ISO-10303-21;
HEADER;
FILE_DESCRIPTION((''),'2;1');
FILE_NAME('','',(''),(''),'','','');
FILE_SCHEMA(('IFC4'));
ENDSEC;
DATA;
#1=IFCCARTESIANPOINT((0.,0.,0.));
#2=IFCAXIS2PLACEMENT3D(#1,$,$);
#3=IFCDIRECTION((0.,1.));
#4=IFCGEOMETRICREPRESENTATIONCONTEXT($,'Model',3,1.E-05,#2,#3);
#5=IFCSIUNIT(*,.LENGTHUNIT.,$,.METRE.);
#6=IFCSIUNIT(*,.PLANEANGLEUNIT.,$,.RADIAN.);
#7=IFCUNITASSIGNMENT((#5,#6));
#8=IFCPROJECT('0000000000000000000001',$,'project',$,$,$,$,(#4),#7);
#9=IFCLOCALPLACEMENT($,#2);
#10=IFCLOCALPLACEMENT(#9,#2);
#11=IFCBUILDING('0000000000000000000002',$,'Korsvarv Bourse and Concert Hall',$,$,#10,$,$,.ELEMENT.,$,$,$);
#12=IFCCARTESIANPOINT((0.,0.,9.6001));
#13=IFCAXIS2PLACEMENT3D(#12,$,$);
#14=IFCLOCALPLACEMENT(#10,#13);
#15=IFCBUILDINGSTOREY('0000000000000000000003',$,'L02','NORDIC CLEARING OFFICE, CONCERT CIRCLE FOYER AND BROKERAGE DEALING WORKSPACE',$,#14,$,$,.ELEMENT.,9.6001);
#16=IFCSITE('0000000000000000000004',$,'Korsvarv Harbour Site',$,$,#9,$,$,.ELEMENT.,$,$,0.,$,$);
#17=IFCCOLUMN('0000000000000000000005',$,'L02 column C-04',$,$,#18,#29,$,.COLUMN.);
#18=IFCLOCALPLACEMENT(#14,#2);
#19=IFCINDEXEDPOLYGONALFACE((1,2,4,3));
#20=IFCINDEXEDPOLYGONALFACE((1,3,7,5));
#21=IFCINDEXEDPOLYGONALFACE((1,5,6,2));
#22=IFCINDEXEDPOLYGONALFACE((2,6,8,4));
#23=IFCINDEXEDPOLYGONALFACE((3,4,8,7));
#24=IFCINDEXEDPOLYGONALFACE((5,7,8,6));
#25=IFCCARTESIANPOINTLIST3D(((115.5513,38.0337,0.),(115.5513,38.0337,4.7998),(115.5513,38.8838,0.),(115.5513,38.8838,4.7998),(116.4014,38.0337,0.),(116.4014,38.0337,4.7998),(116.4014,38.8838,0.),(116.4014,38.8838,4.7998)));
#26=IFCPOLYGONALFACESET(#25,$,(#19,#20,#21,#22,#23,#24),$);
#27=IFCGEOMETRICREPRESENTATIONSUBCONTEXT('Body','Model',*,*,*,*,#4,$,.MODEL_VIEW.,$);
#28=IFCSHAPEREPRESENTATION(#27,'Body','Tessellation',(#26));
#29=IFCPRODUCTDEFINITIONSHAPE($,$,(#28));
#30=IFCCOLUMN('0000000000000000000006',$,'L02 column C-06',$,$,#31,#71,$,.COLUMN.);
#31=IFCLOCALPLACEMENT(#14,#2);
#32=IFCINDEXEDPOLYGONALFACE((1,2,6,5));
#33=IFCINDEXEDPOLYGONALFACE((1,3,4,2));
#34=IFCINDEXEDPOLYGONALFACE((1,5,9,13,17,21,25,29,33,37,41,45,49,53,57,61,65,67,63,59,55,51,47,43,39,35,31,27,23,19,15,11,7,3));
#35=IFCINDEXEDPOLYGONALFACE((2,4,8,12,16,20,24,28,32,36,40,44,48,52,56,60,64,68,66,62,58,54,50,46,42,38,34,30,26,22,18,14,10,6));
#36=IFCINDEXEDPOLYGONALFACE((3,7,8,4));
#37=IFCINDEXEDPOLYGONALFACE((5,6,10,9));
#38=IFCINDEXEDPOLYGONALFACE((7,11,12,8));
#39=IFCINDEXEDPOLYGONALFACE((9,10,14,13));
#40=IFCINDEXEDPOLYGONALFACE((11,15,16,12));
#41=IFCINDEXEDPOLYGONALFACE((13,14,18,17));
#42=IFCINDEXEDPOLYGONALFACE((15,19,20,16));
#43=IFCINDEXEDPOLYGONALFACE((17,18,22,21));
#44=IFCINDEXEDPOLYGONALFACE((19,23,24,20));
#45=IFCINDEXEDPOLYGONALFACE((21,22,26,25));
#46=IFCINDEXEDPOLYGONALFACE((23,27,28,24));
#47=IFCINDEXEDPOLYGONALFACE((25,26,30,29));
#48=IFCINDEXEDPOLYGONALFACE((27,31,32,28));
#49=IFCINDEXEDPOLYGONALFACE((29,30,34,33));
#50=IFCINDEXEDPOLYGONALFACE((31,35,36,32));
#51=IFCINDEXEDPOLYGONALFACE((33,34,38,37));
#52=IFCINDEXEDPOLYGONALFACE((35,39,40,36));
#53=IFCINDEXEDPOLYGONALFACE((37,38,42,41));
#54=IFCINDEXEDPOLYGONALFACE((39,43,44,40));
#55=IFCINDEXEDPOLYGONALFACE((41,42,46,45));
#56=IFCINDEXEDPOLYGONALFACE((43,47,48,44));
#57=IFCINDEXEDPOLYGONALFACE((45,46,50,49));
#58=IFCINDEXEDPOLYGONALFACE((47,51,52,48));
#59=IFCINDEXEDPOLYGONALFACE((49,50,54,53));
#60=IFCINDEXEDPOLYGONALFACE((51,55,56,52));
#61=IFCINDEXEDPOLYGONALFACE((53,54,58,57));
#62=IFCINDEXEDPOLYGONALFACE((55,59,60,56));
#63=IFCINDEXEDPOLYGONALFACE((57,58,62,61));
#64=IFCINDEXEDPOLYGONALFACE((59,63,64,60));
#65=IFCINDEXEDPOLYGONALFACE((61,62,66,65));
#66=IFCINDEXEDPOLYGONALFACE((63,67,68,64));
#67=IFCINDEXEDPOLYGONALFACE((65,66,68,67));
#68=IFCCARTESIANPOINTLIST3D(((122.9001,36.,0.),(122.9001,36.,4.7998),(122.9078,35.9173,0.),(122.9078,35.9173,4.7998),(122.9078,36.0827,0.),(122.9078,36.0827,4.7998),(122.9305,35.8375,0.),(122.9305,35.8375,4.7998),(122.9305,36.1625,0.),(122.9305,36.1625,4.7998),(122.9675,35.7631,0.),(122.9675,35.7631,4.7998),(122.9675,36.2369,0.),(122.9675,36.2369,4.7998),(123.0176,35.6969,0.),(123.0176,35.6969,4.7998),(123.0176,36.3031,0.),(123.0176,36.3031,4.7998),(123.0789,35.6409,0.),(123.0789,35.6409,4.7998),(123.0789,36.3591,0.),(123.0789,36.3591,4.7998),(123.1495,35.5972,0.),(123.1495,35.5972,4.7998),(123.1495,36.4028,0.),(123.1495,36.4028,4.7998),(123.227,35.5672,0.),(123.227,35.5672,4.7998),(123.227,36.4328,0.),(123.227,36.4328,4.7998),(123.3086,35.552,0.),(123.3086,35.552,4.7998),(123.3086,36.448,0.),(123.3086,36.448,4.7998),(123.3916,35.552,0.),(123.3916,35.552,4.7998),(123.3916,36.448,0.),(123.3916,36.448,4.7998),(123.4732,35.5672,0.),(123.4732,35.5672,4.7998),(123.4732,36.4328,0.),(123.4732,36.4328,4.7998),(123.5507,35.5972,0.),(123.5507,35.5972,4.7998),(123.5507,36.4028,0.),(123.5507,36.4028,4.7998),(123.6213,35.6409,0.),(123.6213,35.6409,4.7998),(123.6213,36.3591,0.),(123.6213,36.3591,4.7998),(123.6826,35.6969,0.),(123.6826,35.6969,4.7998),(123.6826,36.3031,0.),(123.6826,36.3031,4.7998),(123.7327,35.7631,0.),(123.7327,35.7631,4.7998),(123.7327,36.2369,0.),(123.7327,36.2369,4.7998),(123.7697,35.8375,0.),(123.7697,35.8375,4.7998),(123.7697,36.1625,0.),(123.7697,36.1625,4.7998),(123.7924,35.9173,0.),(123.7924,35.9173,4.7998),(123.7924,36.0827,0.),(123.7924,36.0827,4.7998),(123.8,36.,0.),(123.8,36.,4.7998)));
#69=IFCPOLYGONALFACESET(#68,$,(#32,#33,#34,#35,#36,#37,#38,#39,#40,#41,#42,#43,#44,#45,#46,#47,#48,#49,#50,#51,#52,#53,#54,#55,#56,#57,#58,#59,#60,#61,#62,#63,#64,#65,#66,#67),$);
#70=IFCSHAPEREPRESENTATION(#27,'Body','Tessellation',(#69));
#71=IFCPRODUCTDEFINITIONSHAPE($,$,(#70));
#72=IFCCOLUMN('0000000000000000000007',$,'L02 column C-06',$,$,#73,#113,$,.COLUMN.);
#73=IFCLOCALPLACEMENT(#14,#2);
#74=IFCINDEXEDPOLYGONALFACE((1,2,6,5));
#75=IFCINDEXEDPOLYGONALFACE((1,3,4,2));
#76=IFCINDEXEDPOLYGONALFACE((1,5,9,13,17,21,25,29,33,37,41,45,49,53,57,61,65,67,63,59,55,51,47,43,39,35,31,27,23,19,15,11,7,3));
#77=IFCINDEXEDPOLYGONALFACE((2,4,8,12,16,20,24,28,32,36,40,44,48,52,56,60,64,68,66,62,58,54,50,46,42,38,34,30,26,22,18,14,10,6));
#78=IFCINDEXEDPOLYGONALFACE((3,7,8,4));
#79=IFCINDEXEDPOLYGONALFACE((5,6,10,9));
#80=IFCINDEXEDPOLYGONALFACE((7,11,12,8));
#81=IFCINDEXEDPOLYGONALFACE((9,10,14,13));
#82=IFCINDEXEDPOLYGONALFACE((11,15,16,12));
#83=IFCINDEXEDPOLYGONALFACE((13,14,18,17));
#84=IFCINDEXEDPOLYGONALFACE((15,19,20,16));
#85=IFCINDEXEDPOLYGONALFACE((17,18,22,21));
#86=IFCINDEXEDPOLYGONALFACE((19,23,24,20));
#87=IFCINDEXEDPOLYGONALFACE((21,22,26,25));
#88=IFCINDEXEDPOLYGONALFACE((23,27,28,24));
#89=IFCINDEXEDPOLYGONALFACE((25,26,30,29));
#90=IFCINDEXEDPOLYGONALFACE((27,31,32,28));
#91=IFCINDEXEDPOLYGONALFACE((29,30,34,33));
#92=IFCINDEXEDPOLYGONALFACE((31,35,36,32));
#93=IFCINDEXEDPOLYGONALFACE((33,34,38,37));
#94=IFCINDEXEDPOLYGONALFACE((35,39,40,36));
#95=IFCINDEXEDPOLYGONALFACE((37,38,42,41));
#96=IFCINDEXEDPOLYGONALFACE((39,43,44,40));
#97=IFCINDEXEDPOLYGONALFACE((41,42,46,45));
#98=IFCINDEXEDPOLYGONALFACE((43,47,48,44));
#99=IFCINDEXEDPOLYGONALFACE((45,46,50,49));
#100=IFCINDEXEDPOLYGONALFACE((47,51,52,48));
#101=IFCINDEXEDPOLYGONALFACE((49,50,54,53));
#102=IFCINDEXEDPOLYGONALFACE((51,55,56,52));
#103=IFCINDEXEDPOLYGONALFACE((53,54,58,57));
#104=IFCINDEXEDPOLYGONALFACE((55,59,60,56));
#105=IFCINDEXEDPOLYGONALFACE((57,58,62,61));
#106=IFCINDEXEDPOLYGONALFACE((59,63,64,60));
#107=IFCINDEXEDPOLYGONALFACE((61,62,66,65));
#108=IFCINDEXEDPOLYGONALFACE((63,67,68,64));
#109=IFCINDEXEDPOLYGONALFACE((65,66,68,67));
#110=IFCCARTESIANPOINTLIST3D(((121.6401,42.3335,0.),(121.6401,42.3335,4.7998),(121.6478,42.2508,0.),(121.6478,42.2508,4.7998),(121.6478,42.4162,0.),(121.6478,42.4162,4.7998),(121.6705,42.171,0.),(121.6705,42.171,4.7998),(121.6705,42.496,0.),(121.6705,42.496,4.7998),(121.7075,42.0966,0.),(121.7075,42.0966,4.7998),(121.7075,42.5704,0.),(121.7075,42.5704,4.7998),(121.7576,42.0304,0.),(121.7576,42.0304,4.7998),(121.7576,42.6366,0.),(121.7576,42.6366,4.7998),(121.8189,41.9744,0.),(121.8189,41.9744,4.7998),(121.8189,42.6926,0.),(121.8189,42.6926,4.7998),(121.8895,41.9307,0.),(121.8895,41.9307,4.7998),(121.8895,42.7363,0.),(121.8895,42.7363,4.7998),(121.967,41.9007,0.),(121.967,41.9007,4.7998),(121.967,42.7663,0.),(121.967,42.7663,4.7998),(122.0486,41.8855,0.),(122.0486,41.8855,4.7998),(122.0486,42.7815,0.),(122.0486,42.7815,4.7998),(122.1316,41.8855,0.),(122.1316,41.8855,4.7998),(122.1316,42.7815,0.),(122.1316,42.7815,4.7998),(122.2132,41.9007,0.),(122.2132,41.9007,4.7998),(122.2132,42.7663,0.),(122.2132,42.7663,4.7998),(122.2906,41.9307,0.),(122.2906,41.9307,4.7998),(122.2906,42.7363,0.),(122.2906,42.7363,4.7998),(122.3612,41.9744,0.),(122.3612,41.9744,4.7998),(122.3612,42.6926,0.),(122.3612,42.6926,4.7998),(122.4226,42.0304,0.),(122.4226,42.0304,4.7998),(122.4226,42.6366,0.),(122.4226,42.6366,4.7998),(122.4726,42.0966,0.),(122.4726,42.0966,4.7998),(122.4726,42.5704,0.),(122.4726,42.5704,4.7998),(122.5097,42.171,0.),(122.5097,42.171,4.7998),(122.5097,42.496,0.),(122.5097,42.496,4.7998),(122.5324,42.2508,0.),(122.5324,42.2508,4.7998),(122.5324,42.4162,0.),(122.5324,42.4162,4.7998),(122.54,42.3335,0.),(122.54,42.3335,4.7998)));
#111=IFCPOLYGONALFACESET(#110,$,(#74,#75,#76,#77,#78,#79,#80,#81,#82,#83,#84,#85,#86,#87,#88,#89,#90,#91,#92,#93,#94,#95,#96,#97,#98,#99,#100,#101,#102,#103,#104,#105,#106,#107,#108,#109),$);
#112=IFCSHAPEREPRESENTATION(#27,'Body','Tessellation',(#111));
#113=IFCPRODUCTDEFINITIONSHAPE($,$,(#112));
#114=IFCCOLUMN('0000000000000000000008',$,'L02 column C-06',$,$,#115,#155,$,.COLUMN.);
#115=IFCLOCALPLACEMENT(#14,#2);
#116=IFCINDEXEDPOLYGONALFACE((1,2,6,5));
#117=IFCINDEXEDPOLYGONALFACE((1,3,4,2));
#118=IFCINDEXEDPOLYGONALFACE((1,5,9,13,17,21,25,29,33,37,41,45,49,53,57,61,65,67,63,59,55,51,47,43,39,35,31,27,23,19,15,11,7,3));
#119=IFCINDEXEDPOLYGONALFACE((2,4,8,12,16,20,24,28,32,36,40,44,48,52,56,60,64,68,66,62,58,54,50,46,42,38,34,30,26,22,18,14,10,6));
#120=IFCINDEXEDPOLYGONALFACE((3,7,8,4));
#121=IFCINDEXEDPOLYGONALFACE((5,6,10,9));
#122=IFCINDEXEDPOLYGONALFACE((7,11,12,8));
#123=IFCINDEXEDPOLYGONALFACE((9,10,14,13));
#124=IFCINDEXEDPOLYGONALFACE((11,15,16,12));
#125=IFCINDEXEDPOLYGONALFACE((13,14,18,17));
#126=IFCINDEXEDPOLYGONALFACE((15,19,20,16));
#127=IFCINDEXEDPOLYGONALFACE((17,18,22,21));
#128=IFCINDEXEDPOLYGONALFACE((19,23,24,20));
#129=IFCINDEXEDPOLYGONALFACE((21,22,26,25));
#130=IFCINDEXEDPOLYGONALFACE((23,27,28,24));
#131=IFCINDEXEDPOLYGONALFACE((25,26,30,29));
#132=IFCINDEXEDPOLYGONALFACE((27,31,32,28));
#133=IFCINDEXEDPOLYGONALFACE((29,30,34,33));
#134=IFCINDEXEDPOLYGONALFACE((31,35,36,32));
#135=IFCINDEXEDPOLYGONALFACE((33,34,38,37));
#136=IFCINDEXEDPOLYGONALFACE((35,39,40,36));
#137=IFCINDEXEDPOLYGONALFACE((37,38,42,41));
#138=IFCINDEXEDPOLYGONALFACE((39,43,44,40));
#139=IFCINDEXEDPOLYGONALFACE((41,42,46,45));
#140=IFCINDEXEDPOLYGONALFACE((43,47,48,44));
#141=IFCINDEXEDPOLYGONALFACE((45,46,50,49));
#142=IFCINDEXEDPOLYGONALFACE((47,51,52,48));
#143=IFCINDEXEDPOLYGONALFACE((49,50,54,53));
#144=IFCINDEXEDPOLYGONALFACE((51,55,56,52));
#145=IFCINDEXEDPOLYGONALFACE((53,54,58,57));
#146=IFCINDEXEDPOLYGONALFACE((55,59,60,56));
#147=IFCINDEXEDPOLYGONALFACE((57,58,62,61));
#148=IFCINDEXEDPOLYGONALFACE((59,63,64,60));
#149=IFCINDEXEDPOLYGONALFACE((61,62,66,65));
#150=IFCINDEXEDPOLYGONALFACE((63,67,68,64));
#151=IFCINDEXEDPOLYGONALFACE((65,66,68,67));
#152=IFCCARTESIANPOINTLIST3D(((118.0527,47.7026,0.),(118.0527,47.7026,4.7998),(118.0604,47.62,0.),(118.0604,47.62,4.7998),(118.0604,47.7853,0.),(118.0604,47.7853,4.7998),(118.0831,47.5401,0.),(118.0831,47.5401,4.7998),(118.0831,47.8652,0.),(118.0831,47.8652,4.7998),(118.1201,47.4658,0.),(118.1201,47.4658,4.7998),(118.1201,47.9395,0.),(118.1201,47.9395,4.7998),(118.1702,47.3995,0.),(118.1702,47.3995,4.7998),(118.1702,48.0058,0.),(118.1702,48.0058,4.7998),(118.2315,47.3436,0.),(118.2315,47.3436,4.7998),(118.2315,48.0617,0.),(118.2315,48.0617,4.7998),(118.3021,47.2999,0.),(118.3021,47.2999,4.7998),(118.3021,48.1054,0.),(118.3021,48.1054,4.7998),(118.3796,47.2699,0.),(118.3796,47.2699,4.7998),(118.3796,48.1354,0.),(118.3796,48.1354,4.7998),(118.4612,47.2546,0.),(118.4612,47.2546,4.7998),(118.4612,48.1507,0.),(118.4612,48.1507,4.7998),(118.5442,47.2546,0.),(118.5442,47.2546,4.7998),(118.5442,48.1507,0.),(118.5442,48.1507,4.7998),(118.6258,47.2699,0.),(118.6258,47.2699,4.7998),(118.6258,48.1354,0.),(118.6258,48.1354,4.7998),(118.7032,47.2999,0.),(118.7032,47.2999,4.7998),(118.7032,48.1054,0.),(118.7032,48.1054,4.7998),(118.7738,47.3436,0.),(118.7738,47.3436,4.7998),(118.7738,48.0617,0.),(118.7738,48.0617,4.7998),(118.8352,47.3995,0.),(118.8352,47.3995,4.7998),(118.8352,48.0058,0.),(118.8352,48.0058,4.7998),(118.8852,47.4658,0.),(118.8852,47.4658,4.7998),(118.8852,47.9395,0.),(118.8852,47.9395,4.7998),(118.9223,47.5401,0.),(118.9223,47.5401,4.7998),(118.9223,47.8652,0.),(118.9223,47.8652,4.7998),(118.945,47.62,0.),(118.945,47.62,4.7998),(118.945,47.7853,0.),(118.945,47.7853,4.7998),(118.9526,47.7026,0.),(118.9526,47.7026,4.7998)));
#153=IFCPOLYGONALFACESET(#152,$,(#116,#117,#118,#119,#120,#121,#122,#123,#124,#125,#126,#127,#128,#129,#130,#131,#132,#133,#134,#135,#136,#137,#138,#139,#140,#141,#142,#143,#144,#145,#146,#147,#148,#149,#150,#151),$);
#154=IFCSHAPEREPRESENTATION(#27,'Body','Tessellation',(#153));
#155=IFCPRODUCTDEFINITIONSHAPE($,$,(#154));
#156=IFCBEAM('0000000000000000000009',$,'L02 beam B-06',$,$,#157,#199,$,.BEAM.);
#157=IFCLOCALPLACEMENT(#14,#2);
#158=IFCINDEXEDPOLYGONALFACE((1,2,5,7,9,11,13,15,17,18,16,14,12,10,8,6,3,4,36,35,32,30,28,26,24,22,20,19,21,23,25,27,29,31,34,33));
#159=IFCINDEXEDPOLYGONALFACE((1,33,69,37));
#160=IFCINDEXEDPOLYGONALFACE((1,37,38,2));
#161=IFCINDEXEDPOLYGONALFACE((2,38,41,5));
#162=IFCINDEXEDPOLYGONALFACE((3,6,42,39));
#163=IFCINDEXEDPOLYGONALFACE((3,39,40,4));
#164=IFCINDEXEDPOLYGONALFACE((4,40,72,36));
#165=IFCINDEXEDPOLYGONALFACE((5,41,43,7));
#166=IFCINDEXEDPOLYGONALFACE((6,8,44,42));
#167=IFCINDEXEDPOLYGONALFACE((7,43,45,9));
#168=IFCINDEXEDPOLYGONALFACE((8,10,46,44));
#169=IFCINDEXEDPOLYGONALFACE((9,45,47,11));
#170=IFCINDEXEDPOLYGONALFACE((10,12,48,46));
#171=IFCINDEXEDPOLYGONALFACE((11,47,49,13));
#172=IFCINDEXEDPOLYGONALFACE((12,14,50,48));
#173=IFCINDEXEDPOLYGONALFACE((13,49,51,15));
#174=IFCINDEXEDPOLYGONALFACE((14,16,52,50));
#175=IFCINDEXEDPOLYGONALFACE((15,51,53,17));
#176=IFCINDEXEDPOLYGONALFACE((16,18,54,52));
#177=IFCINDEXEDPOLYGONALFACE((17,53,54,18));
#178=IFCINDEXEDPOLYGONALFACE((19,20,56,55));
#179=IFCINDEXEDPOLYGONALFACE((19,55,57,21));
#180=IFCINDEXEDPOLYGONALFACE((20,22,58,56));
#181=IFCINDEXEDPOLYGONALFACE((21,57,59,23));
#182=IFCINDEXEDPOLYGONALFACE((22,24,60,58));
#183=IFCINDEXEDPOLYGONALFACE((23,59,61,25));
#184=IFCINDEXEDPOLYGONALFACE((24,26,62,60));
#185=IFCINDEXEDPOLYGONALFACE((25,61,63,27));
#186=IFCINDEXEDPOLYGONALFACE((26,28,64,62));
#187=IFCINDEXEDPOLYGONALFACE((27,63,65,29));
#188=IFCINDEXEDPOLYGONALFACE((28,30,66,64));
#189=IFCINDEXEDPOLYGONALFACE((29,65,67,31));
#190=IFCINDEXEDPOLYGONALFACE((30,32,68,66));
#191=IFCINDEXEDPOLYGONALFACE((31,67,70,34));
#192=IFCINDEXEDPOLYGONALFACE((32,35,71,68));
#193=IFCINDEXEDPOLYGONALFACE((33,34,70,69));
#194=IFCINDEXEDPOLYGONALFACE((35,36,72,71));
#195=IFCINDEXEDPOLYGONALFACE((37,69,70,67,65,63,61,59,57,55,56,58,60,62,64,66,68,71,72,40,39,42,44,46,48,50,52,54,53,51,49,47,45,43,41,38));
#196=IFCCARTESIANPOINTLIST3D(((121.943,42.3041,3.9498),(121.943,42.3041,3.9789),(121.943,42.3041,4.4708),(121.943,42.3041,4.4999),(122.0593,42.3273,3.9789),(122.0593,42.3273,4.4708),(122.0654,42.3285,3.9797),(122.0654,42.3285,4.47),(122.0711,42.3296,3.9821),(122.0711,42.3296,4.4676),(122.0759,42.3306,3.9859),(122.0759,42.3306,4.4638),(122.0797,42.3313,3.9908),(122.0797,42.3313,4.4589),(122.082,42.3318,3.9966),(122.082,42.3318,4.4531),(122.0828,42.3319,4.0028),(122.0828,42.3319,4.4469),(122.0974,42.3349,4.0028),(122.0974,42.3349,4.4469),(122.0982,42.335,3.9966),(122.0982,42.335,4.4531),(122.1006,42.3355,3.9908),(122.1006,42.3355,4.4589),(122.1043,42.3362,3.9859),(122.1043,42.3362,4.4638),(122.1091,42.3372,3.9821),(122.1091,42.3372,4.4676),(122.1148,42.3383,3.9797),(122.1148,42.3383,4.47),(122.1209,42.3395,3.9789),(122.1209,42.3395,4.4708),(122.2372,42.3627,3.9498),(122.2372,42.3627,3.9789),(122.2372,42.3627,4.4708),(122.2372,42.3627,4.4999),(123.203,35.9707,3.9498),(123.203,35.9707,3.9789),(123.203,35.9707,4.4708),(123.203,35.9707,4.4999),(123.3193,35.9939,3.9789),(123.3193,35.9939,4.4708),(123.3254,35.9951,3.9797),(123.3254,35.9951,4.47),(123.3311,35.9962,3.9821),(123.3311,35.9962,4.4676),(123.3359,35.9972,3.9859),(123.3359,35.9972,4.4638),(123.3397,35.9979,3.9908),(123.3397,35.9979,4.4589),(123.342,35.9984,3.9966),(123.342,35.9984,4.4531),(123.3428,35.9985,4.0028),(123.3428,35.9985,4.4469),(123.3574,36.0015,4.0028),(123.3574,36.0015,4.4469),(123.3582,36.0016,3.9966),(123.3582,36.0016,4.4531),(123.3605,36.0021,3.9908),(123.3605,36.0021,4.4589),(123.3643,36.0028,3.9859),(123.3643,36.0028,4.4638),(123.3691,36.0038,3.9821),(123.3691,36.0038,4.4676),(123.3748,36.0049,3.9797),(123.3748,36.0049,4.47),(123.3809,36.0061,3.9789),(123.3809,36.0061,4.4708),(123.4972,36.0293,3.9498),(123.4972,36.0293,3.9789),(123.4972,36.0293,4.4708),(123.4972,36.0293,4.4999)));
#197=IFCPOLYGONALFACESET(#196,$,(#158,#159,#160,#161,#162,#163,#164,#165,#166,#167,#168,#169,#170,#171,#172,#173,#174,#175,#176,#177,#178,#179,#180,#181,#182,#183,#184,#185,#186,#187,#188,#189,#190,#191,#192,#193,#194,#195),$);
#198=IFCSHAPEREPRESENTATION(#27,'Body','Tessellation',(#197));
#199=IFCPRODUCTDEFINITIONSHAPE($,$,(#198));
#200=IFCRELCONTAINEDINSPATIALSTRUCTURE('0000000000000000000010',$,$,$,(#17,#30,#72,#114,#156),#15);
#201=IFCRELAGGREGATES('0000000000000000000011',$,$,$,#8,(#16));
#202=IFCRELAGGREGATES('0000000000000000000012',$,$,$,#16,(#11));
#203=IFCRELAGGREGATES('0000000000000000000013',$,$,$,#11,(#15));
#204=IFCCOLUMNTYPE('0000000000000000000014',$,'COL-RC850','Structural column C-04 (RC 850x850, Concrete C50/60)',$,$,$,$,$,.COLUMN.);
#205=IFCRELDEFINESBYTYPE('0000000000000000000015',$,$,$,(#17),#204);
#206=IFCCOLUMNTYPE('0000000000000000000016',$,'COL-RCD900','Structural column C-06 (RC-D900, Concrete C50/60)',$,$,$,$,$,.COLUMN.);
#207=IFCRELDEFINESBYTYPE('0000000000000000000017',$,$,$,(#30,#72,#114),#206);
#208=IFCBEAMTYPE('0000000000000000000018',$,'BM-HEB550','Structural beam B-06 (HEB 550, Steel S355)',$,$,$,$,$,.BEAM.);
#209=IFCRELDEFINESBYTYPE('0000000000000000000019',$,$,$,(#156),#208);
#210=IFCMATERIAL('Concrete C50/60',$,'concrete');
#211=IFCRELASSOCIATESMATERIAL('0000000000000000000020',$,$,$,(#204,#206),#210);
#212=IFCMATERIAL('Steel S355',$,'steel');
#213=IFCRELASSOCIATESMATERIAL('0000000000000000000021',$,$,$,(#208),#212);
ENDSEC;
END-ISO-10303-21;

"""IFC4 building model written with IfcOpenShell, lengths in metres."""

from ifc_helpers import new_model, si_unit, direction, frame, origin, origin_2d, place, context, subcontext, project, spatial, rectangle, circle, i_section, extrude, source, transform, mapped, material, material_profile, profile_set, type_object, element, save


model = new_model("IFC4")

# Units and contexts
model_context = context("Model", 3, precision=1e-05, world=origin(), true_north=direction((0.0, 1.0)))
body_context = subcontext(model_context, "Body", "Model", "MODEL_VIEW")
ifc_project = project(units=[si_unit("LENGTHUNIT", "METRE"), si_unit("PLANEANGLEUNIT", "RADIAN")], contexts=[model_context])

# Site, building, storey
site_placement = place(None, origin())
site = spatial("IfcSite", under=ifc_project, at=site_placement, Name="Korsvarv Harbour Site", CompositionType="ELEMENT", RefElevation=0.0)
building_placement = place(site_placement, origin())
building = spatial("IfcBuilding", under=site, at=building_placement, Name="Korsvarv Bourse and Concert Hall", CompositionType="ELEMENT")
storey_placement = place(building_placement, frame((0.0, 0.0, 9.6001)))
storey = spatial("IfcBuildingStorey", under=building, at=storey_placement, Name="L02", Description="NORDIC CLEARING OFFICE, CONCERT CIRCLE FOYER AND BROKERAGE DEALING WORKSPACE", CompositionType="ELEMENT", Elevation=9.6001)

# Columns
ifc_material_1 = material(Name="Concrete C50/60", Category="concrete")
ifc_material_profile_1 = material_profile(ifc_material_1, rectangle(XDim=0.8501, YDim=0.8501, at=origin_2d()), Name="RC 850x850")
ifc_profile_set_1 = profile_set([ifc_material_profile_1], Name="Concrete C50/60")
column_type_1 = type_object("IfcColumnType", Name="COL-RC850", Description="Structural column C-04 (RC 850x850, Concrete C50/60)", PredefinedType="COLUMN", material=ifc_profile_set_1)
shared_shape_1 = source(origin(), body_context, "Body", "SweptSolid", [
    extrude(rectangle(XDim=0.8501, YDim=0.8501, at=origin_2d()), origin(), (0.0, 0.0, 1.0), 4.7998),
])
column_placement = place(storey_placement, frame((115.9763, 38.4587, 0.0), z_axis=(0.0, 0.0, 1.0), x_axis=(1.0, 0.0, 0.0)))
element("IfcColumn", 1, at=column_placement, inside=storey, type_object=column_type_1, Name="L02 column C-04", PredefinedType="COLUMN", context=body_context, shape_type="MappedRepresentation", body=[
    mapped(shared_shape_1, transform((0.0, 0.0, 0.0), scale=1.0)),
])
ifc_material_profile_2 = material_profile(ifc_material_1, circle(Radius=0.45, at=origin_2d()), Name="RC-D900")
ifc_profile_set_2 = profile_set([ifc_material_profile_2], Name="Concrete C50/60")
column_type_2 = type_object("IfcColumnType", Name="COL-RCD900", Description="Structural column C-06 (RC-D900, Concrete C50/60)", PredefinedType="COLUMN", material=ifc_profile_set_2)
shared_shape_2 = source(origin(), body_context, "Body", "SweptSolid", [
    extrude(circle(Radius=0.45, at=origin_2d()), origin(), (0.0, 0.0, 1.0), 4.7998),
])
for number, where, z_axis, x_axis, name in (
    (2, (123.3501, 36.0, 0.0), (0.0, 0.0, 1.0), (1.0, 0.0, 0.0), "L02 column C-06"),
    (3, (122.0901, 42.3335, 0.0), (0.0, 0.0, 1.0), (1.0, 0.0, 0.0), "L02 column C-06"),
    (4, (118.5027, 47.7026, 0.0), (0.0, 0.0, 1.0), (1.0, 0.0, 0.0), "L02 column C-06"),
):
    element("IfcColumn", number, at=place(storey_placement, frame(where, z_axis=z_axis, x_axis=x_axis)), inside=storey, type_object=column_type_2, Name=name, PredefinedType="COLUMN", context=body_context, shape_type="MappedRepresentation", body=[
        mapped(shared_shape_2, transform((0.0, 0.0, 0.0), scale=1.0)),
    ])

# Beam
ifc_material_2 = material(Name="Steel S355", Category="steel")
ifc_material_profile_3 = material_profile(ifc_material_2, i_section(OverallWidth=0.3, OverallDepth=0.55, WebThickness=0.0149, FlangeThickness=0.0291, FilletRadius=0.0239, at=origin_2d()), Name="HEB 550")
ifc_profile_set_3 = profile_set([ifc_material_profile_3], Name="Steel S355")
beam_type_1 = type_object("IfcBeamType", Name="BM-HEB550", Description="Structural beam B-06 (HEB 550, Steel S355)", PredefinedType="BEAM", material=ifc_profile_set_3)
shared_shape_3 = source(origin(), body_context, "Body", "SweptSolid", [
    extrude(i_section(OverallWidth=0.3, OverallDepth=0.55, WebThickness=0.0149, FlangeThickness=0.0291, FilletRadius=0.0239, at=origin_2d()), origin(), (0.0, 0.0, 1.0), 6.4575),
])
beam_1_placement = place(storey_placement, frame((123.3501, 36.0, 4.2249), z_axis=(-0.19512, 0.980779, 0.0), x_axis=(-0.980779, -0.19512, 0.0)))
element("IfcBeam", 5, at=beam_1_placement, inside=storey, type_object=beam_type_1, Name="L02 beam B-06", PredefinedType="BEAM", context=body_context, shape_type="MappedRepresentation", body=[
    mapped(shared_shape_3, transform((0.0, 0.0, 0.0), scale=1.0)),
])

save(model, "model.ifc")
